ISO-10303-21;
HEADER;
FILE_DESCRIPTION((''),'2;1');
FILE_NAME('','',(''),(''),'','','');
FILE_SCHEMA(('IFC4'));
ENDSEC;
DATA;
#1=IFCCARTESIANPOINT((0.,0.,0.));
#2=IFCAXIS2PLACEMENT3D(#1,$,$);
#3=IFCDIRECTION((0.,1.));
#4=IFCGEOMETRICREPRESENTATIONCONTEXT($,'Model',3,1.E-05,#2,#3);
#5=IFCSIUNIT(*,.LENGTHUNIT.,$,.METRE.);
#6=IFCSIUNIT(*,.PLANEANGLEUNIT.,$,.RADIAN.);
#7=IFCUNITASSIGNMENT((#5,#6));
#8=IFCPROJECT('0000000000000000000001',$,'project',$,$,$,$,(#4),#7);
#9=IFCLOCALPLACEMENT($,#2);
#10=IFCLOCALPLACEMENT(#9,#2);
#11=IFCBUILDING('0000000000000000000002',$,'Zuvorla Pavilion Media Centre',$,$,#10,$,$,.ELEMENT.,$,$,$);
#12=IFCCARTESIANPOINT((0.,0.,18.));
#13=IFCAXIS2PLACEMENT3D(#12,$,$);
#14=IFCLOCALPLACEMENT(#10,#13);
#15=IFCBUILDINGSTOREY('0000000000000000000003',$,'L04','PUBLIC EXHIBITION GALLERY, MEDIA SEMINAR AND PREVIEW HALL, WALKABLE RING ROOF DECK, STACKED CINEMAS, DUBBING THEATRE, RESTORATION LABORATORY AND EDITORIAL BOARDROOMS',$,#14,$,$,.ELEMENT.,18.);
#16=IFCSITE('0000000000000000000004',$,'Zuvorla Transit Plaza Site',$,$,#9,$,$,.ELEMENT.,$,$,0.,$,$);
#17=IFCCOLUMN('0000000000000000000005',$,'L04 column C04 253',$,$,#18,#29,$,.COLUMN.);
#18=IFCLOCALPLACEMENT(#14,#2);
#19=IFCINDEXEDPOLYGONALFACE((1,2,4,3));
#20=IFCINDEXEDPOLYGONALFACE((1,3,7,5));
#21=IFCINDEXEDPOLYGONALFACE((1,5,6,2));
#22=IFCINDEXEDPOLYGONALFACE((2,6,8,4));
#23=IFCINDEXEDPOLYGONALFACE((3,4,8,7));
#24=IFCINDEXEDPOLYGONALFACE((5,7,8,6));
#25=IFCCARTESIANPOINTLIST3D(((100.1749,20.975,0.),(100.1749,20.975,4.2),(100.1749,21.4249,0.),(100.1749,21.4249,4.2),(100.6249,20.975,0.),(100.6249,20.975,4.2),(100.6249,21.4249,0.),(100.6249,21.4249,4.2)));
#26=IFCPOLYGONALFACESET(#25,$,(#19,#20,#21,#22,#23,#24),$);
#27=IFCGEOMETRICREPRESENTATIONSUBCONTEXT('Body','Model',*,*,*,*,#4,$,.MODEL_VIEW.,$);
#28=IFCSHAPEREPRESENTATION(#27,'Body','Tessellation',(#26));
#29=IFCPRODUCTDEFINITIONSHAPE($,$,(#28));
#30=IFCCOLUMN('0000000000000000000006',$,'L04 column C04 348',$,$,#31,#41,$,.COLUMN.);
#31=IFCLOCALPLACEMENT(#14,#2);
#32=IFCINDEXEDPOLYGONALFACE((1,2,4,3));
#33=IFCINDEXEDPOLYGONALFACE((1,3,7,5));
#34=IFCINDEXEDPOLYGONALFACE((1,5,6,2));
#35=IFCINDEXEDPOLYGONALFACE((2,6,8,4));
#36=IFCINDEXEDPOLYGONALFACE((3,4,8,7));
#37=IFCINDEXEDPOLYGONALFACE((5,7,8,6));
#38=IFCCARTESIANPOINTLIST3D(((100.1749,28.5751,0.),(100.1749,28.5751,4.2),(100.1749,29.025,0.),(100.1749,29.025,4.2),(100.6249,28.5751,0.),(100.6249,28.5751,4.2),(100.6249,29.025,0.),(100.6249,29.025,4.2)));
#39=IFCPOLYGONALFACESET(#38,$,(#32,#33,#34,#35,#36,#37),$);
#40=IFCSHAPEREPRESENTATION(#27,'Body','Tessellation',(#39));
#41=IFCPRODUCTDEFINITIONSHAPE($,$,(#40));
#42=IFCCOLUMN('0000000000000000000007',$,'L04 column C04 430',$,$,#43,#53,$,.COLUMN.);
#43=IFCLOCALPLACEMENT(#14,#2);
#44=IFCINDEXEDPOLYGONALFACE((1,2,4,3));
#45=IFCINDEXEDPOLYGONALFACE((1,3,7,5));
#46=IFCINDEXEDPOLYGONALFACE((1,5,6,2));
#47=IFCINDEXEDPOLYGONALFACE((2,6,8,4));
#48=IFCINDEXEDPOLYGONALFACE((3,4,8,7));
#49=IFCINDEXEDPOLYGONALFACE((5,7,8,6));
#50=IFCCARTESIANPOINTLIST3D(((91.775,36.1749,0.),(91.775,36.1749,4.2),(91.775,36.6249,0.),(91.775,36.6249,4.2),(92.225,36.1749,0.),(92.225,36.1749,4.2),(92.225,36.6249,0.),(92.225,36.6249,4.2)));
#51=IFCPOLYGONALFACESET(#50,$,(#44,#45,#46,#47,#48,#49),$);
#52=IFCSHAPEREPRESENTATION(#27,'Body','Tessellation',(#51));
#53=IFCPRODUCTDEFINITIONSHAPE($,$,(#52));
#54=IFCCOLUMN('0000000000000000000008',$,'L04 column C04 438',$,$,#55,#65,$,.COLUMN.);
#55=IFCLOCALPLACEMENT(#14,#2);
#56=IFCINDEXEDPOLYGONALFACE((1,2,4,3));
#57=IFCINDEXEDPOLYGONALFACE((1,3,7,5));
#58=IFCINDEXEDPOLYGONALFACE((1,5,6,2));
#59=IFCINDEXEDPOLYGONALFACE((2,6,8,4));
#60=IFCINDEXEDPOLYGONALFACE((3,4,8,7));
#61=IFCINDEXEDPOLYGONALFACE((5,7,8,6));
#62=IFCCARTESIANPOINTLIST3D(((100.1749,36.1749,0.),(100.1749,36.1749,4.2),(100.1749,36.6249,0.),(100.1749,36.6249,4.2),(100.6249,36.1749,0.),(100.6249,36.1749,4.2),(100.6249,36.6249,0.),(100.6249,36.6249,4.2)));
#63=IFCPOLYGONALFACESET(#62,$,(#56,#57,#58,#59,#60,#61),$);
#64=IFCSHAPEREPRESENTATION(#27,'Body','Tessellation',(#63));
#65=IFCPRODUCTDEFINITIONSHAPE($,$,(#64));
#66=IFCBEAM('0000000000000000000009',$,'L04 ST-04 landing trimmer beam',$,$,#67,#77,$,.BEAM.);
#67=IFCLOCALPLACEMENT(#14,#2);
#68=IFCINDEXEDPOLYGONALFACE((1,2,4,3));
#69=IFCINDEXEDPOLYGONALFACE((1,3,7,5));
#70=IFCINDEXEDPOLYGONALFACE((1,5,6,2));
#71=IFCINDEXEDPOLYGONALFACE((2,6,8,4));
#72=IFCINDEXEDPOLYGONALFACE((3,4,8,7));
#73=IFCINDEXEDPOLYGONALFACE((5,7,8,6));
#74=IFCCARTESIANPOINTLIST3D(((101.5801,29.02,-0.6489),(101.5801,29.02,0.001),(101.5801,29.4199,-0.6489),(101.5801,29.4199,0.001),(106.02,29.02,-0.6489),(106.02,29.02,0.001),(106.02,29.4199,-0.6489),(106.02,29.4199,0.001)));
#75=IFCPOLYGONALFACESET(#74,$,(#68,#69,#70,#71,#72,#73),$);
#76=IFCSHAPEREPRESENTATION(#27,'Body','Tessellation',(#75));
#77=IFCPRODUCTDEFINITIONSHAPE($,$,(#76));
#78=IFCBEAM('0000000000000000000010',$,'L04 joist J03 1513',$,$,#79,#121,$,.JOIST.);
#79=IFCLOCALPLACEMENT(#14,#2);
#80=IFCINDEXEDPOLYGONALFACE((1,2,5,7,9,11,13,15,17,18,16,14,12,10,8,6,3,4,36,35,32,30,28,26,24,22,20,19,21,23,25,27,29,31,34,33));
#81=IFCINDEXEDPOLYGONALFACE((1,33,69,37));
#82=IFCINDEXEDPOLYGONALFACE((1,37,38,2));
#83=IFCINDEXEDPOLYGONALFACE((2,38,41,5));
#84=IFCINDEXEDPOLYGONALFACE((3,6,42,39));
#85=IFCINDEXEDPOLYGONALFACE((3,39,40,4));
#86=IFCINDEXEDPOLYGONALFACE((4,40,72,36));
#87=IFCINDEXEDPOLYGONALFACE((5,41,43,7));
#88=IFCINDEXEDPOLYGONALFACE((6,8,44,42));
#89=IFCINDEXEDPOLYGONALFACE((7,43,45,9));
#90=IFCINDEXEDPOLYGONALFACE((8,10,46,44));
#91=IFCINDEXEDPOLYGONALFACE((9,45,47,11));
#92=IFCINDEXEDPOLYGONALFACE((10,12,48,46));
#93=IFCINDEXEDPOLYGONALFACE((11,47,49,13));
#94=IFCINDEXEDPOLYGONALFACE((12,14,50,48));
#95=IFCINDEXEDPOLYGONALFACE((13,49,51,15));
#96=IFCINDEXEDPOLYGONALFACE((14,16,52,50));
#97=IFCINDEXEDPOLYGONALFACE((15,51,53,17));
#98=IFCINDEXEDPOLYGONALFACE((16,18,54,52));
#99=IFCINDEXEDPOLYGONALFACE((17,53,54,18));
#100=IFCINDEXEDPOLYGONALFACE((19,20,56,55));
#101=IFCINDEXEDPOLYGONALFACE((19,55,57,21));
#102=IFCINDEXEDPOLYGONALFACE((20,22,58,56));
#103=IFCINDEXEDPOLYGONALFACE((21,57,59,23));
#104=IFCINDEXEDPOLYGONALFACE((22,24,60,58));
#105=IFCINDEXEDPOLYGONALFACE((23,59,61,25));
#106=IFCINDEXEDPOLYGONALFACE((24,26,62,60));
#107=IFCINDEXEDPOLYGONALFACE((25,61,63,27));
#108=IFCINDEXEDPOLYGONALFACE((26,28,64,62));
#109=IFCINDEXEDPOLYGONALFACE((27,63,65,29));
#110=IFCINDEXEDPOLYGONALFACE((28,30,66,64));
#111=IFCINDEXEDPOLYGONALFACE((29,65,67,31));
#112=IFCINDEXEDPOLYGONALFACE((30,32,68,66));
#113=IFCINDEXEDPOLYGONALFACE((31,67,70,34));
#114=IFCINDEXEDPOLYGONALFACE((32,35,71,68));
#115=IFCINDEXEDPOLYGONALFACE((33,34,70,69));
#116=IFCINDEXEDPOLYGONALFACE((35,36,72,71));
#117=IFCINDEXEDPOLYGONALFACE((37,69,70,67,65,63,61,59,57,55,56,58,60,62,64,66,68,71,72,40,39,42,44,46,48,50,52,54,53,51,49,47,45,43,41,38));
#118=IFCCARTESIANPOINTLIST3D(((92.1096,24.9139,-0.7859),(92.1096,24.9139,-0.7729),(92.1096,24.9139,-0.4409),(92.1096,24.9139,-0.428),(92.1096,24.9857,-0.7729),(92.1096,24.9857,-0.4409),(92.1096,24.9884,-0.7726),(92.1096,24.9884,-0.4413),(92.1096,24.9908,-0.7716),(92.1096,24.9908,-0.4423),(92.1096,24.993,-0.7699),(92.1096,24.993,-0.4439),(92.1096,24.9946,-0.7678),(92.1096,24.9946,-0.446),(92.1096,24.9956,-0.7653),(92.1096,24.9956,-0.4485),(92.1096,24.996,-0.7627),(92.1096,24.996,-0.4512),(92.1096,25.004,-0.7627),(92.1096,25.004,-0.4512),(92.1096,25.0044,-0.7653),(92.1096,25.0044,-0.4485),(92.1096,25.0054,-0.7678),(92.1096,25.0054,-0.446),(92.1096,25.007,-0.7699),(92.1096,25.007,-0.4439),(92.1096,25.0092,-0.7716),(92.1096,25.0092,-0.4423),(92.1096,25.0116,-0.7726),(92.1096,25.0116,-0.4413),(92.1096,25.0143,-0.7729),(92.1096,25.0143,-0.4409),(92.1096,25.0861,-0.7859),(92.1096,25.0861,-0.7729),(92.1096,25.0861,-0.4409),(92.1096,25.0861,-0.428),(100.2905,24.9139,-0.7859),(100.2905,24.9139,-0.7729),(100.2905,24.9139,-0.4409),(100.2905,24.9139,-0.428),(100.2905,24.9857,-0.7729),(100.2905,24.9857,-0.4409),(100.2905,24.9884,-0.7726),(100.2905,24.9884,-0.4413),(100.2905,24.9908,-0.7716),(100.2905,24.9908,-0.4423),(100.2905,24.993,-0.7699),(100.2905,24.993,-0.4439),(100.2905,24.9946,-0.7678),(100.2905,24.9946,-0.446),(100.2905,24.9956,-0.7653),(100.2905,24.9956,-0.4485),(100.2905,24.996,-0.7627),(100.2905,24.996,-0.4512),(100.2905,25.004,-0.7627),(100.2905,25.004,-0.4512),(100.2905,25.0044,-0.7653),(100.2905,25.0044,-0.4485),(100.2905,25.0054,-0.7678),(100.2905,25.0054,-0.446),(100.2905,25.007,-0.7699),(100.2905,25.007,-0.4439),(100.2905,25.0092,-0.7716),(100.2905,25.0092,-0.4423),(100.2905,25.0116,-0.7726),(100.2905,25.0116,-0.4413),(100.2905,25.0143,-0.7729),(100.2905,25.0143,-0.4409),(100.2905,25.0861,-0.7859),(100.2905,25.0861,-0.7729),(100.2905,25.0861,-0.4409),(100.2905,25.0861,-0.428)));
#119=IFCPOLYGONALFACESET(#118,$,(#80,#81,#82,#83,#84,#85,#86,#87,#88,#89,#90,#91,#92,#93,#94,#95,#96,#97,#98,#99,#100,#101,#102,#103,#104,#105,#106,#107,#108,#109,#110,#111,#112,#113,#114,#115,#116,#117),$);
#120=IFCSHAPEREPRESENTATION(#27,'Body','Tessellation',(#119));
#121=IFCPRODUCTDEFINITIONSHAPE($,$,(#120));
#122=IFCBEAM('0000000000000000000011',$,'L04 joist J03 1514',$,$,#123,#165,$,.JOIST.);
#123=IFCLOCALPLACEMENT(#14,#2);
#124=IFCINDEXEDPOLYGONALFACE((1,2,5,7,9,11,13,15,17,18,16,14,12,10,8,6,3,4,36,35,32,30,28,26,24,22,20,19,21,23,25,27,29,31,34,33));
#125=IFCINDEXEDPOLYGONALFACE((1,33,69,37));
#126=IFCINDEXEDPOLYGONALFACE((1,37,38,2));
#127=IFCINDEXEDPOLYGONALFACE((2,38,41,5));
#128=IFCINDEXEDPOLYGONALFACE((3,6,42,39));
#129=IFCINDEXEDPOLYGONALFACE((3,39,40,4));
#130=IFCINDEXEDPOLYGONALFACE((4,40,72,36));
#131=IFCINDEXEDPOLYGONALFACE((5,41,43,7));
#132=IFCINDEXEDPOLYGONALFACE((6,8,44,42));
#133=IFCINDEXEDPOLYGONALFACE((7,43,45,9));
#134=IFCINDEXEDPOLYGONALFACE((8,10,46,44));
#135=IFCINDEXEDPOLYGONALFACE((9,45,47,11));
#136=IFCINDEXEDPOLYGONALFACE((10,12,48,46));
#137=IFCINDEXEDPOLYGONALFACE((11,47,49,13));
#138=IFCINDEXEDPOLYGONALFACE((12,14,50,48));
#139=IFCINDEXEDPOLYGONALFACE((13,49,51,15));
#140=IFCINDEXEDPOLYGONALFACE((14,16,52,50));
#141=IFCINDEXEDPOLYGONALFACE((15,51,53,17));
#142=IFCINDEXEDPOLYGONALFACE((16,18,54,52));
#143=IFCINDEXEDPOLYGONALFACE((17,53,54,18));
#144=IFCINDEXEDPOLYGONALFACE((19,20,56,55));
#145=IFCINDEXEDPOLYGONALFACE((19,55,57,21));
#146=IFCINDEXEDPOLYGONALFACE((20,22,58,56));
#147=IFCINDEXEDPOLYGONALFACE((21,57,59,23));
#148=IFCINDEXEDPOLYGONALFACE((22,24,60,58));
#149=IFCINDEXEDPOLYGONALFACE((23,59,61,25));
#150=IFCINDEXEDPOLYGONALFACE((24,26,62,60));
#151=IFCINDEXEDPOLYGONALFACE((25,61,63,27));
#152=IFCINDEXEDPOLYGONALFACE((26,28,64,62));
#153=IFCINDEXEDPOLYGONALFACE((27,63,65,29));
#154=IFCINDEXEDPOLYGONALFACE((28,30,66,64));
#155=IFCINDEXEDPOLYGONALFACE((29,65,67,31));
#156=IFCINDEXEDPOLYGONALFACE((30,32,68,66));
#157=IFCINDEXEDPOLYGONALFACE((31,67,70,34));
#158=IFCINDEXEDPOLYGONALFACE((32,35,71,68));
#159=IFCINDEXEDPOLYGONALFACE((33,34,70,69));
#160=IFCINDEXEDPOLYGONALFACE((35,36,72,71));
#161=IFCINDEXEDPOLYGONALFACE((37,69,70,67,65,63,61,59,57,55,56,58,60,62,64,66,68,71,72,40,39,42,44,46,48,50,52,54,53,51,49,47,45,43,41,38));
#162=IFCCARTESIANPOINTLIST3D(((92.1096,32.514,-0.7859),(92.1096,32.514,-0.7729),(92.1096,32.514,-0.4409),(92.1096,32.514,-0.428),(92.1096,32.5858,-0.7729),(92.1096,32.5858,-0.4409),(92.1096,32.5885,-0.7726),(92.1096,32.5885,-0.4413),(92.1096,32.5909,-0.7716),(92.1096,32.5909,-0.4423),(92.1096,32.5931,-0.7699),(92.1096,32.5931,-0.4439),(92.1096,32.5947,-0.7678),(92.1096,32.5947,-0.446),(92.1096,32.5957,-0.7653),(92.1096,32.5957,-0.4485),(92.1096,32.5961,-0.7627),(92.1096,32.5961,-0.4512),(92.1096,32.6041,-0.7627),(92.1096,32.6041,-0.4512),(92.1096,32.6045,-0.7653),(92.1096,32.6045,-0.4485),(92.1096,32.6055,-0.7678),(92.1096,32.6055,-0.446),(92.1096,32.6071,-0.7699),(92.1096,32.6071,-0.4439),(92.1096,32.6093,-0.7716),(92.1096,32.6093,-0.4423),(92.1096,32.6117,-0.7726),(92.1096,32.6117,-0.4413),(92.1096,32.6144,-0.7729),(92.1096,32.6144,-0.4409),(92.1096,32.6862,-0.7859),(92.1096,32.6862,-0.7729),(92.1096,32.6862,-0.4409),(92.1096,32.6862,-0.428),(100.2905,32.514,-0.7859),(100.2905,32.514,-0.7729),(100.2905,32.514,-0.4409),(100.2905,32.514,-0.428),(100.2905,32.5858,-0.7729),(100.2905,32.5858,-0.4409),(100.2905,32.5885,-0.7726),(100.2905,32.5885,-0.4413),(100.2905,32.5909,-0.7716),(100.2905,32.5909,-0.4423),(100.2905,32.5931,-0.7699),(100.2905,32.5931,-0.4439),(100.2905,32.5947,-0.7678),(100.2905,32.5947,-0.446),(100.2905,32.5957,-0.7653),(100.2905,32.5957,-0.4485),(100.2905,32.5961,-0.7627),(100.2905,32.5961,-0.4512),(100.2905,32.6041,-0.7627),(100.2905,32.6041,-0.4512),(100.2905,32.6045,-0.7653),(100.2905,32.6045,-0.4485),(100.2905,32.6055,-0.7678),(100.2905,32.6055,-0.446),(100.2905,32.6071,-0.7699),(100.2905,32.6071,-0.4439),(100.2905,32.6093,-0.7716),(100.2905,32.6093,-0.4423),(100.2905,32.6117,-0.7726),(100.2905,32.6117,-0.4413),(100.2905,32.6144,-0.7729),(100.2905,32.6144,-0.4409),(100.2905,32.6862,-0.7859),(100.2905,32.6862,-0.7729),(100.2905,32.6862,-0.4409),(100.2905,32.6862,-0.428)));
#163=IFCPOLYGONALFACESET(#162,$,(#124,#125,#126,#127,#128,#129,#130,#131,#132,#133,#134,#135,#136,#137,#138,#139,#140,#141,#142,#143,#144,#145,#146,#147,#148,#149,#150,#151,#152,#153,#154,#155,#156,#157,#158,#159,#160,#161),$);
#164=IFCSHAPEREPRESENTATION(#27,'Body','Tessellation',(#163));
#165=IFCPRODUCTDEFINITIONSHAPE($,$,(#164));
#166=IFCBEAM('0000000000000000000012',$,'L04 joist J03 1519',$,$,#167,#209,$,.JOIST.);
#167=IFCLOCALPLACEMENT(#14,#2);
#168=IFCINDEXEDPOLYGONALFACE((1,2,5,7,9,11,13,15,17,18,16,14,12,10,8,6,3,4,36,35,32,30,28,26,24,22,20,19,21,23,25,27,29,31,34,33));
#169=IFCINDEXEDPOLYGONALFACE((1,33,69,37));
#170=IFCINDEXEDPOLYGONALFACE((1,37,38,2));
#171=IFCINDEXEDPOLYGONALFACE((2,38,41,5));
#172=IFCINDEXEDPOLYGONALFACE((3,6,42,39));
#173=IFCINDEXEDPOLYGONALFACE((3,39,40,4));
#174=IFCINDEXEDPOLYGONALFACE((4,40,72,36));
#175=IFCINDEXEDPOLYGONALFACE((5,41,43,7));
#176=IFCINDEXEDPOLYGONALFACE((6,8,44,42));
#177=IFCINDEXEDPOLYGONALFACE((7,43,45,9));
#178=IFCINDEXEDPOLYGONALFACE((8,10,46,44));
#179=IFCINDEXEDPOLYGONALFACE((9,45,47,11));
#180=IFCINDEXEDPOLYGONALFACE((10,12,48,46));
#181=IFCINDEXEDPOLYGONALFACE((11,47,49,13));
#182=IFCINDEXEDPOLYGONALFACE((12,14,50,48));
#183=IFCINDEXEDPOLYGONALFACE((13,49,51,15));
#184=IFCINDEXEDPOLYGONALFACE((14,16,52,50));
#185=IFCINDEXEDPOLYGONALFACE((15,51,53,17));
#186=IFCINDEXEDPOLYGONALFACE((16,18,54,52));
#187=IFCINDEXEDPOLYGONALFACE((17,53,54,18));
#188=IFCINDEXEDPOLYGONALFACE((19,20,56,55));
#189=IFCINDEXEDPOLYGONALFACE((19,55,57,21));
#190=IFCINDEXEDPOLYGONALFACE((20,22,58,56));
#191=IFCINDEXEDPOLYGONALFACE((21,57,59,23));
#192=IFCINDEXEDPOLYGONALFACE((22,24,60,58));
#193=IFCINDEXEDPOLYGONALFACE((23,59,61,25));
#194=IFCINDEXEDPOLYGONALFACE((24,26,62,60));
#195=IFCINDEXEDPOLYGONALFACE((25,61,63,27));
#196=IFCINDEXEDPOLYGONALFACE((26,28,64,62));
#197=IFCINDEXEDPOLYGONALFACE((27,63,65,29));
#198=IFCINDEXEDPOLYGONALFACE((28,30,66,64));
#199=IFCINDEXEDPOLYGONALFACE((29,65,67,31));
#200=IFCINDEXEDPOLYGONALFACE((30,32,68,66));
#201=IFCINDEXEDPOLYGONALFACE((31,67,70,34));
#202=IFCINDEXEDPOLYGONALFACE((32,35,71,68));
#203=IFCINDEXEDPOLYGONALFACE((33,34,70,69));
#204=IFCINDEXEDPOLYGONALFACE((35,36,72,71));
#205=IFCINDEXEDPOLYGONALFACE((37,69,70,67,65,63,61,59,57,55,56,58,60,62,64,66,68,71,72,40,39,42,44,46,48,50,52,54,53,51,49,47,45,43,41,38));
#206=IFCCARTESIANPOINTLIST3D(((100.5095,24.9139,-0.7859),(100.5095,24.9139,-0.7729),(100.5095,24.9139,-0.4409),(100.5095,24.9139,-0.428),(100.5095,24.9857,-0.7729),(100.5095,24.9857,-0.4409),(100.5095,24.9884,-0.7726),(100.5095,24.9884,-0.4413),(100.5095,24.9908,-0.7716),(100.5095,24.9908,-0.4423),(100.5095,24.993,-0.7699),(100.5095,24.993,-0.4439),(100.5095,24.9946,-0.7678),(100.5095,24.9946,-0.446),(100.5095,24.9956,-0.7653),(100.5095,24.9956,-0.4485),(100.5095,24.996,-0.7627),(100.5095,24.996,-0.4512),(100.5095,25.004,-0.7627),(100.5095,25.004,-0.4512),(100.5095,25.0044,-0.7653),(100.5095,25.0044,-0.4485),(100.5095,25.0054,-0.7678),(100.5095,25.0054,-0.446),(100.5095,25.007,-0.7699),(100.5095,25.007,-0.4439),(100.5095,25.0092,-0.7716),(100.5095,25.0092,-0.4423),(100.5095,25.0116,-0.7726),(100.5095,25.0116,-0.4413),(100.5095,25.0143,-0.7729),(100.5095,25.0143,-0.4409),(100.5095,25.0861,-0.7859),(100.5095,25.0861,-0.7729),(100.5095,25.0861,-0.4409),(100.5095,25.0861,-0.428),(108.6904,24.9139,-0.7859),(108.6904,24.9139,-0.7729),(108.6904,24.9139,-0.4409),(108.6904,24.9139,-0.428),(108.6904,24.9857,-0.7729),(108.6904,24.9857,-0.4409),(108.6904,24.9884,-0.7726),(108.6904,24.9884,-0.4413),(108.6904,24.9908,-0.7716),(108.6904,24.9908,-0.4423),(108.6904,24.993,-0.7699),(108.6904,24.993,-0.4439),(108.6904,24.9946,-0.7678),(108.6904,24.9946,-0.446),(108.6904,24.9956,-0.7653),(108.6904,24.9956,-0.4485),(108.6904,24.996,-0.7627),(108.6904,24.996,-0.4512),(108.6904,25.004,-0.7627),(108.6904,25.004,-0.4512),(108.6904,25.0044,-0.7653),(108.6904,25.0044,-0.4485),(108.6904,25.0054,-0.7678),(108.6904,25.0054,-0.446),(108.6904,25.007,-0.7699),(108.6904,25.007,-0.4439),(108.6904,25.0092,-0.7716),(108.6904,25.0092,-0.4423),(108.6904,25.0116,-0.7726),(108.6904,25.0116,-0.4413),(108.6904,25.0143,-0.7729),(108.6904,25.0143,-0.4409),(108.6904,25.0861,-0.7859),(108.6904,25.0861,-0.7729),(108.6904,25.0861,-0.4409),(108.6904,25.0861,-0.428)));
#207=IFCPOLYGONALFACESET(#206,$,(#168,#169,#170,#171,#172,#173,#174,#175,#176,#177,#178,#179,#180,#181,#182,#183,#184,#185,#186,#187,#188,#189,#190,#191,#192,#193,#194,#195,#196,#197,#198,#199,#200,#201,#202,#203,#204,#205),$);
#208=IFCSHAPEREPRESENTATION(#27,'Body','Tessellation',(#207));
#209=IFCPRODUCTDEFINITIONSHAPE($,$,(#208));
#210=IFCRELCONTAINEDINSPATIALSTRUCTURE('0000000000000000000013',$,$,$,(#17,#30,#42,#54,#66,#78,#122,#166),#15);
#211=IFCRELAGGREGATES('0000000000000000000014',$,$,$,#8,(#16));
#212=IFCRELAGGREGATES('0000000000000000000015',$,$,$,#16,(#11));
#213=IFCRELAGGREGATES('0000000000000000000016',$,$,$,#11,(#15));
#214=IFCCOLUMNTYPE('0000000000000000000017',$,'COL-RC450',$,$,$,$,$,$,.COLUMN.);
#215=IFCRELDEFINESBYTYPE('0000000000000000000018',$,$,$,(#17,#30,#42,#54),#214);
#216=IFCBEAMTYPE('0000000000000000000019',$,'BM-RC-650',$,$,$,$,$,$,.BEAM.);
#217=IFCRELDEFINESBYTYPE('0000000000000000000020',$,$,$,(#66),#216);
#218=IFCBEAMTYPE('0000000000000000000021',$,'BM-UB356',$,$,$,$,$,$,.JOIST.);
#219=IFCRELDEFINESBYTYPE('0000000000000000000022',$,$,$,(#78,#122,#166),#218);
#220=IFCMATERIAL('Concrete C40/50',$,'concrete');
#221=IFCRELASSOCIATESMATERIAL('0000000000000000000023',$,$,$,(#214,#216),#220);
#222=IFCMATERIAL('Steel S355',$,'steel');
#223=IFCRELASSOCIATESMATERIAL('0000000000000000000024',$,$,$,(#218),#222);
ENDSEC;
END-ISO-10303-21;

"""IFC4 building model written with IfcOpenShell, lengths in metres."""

from ifc_helpers import new_model, si_unit, direction, frame, origin, origin_2d, place, context, subcontext, project, spatial, rectangle, i_section, extrude, material, material_profile, profile_set, type_object, element, save


model = new_model("IFC4")

# Units and contexts
model_context = context("Model", 3, precision=1e-05, world=origin(), true_north=direction((0.0, 1.0)))
body_context = subcontext(model_context, "Body", "Model", "MODEL_VIEW")
ifc_project = project(units=[si_unit("LENGTHUNIT", "METRE"), si_unit("PLANEANGLEUNIT", "RADIAN")], contexts=[model_context])

# Site, building, storey
site_placement = place(None, origin())
site = spatial("IfcSite", under=ifc_project, at=site_placement, Name="Zuvorla Transit Plaza Site", CompositionType="ELEMENT", RefElevation=0.0)
building_placement = place(site_placement, origin())
building = spatial("IfcBuilding", under=site, at=building_placement, Name="Zuvorla Pavilion Media Centre", CompositionType="ELEMENT")
storey_placement = place(building_placement, frame((0.0, 0.0, 18.0)))
storey = spatial("IfcBuildingStorey", under=building, at=storey_placement, Name="L04", Description="PUBLIC EXHIBITION GALLERY, MEDIA SEMINAR AND PREVIEW HALL, WALKABLE RING ROOF DECK, STACKED CINEMAS, DUBBING THEATRE, RESTORATION LABORATORY AND EDITORIAL BOARDROOMS", CompositionType="ELEMENT", Elevation=18.0)

# Columns
ifc_material_1 = material(Name="Concrete C40/50", Category="concrete")
ifc_material_profile_1 = material_profile(ifc_material_1, rectangle(XDim=0.45, YDim=0.45, at=origin_2d()), Name="RC 450x450")
ifc_profile_set_1 = profile_set([ifc_material_profile_1], Name="Concrete C40/50")
column_type = type_object("IfcColumnType", Name="COL-RC450", PredefinedType="COLUMN", material=ifc_profile_set_1)
for number, where, z_axis, x_axis, name in (
    (1, (100.3999, 21.2, 0.0), (0.0, 0.0, 1.0), (1.0, 0.0, 0.0), "L04 column C04 253"),
    (2, (100.3999, 28.8, 0.0), (0.0, 0.0, 1.0), (1.0, 0.0, 0.0), "L04 column C04 348"),
    (3, (92.0, 36.3999, 0.0), (0.0, 0.0, 1.0), (1.0, 0.0, 0.0), "L04 column C04 430"),
    (4, (100.3999, 36.3999, 0.0), (0.0, 0.0, 1.0), (1.0, 0.0, 0.0), "L04 column C04 438"),
):
    element("IfcColumn", number, at=place(storey_placement, frame(where, z_axis=z_axis, x_axis=x_axis)), inside=storey, type_object=column_type, Name=name, PredefinedType="COLUMN", context=body_context, shape_type="SweptSolid", body=[
        extrude(rectangle(XDim=0.45, YDim=0.45, at=origin_2d()), origin(), (0.0, 0.0, 1.0), 4.2),
    ])

# Beams
ifc_material_profile_2 = material_profile(ifc_material_1, rectangle(XDim=0.3999, YDim=0.6499, at=origin_2d()), Name="RC 400x650")
ifc_profile_set_2 = profile_set([ifc_material_profile_2], Name="Concrete C40/50")
beam_type_1 = type_object("IfcBeamType", Name="BM-RC-650", PredefinedType="BEAM", material=ifc_profile_set_2)
beam_1_placement = place(storey_placement, frame((101.5801, 29.22, -0.324), z_axis=(1.0, 0.0, 0.0), x_axis=(0.0, 1.0, 0.0)))
element("IfcBeam", 5, at=beam_1_placement, inside=storey, type_object=beam_type_1, Name="L04 ST-04 landing trimmer beam", PredefinedType="BEAM", context=body_context, shape_type="SweptSolid", body=[
    extrude(rectangle(XDim=0.3999, YDim=0.6499, at=origin_2d()), origin(), (0.0, 0.0, 1.0), 4.4399),
])
ifc_material_2 = material(Name="Steel S355", Category="steel")
ifc_material_profile_3 = material_profile(ifc_material_2, i_section(OverallWidth=0.1721, OverallDepth=0.3579, WebThickness=0.0081, FlangeThickness=0.0129, FilletRadius=0.0103, at=origin_2d()), Name="UB 356x171x57")
ifc_profile_set_3 = profile_set([ifc_material_profile_3], Name="Steel S355")
beam_type_2 = type_object("IfcBeamType", Name="BM-UB356", PredefinedType="JOIST", material=ifc_profile_set_3)
for number, where, z_axis, x_axis, name in (
    (6, (92.1096, 25.0, -0.6069), (1.0, 0.0, 0.0), (0.0, 1.0, 0.0), "L04 joist J03 1513"),
    (7, (92.1096, 32.6001, -0.6069), (1.0, 0.0, 0.0), (0.0, 1.0, 0.0), "L04 joist J03 1514"),
    (8, (100.5095, 25.0, -0.6069), (1.0, 0.0, 0.0), (0.0, 1.0, 0.0), "L04 joist J03 1519"),
):
    element("IfcBeam", number, at=place(storey_placement, frame(where, z_axis=z_axis, x_axis=x_axis)), inside=storey, type_object=beam_type_2, Name=name, PredefinedType="JOIST", context=body_context, shape_type="SweptSolid", body=[
        extrude(i_section(OverallWidth=0.1721, OverallDepth=0.3579, WebThickness=0.0081, FlangeThickness=0.0129, FilletRadius=0.0103, at=origin_2d()), origin(), (0.0, 0.0, 1.0), 8.1809),
    ])

save(model, "model.ifc")
